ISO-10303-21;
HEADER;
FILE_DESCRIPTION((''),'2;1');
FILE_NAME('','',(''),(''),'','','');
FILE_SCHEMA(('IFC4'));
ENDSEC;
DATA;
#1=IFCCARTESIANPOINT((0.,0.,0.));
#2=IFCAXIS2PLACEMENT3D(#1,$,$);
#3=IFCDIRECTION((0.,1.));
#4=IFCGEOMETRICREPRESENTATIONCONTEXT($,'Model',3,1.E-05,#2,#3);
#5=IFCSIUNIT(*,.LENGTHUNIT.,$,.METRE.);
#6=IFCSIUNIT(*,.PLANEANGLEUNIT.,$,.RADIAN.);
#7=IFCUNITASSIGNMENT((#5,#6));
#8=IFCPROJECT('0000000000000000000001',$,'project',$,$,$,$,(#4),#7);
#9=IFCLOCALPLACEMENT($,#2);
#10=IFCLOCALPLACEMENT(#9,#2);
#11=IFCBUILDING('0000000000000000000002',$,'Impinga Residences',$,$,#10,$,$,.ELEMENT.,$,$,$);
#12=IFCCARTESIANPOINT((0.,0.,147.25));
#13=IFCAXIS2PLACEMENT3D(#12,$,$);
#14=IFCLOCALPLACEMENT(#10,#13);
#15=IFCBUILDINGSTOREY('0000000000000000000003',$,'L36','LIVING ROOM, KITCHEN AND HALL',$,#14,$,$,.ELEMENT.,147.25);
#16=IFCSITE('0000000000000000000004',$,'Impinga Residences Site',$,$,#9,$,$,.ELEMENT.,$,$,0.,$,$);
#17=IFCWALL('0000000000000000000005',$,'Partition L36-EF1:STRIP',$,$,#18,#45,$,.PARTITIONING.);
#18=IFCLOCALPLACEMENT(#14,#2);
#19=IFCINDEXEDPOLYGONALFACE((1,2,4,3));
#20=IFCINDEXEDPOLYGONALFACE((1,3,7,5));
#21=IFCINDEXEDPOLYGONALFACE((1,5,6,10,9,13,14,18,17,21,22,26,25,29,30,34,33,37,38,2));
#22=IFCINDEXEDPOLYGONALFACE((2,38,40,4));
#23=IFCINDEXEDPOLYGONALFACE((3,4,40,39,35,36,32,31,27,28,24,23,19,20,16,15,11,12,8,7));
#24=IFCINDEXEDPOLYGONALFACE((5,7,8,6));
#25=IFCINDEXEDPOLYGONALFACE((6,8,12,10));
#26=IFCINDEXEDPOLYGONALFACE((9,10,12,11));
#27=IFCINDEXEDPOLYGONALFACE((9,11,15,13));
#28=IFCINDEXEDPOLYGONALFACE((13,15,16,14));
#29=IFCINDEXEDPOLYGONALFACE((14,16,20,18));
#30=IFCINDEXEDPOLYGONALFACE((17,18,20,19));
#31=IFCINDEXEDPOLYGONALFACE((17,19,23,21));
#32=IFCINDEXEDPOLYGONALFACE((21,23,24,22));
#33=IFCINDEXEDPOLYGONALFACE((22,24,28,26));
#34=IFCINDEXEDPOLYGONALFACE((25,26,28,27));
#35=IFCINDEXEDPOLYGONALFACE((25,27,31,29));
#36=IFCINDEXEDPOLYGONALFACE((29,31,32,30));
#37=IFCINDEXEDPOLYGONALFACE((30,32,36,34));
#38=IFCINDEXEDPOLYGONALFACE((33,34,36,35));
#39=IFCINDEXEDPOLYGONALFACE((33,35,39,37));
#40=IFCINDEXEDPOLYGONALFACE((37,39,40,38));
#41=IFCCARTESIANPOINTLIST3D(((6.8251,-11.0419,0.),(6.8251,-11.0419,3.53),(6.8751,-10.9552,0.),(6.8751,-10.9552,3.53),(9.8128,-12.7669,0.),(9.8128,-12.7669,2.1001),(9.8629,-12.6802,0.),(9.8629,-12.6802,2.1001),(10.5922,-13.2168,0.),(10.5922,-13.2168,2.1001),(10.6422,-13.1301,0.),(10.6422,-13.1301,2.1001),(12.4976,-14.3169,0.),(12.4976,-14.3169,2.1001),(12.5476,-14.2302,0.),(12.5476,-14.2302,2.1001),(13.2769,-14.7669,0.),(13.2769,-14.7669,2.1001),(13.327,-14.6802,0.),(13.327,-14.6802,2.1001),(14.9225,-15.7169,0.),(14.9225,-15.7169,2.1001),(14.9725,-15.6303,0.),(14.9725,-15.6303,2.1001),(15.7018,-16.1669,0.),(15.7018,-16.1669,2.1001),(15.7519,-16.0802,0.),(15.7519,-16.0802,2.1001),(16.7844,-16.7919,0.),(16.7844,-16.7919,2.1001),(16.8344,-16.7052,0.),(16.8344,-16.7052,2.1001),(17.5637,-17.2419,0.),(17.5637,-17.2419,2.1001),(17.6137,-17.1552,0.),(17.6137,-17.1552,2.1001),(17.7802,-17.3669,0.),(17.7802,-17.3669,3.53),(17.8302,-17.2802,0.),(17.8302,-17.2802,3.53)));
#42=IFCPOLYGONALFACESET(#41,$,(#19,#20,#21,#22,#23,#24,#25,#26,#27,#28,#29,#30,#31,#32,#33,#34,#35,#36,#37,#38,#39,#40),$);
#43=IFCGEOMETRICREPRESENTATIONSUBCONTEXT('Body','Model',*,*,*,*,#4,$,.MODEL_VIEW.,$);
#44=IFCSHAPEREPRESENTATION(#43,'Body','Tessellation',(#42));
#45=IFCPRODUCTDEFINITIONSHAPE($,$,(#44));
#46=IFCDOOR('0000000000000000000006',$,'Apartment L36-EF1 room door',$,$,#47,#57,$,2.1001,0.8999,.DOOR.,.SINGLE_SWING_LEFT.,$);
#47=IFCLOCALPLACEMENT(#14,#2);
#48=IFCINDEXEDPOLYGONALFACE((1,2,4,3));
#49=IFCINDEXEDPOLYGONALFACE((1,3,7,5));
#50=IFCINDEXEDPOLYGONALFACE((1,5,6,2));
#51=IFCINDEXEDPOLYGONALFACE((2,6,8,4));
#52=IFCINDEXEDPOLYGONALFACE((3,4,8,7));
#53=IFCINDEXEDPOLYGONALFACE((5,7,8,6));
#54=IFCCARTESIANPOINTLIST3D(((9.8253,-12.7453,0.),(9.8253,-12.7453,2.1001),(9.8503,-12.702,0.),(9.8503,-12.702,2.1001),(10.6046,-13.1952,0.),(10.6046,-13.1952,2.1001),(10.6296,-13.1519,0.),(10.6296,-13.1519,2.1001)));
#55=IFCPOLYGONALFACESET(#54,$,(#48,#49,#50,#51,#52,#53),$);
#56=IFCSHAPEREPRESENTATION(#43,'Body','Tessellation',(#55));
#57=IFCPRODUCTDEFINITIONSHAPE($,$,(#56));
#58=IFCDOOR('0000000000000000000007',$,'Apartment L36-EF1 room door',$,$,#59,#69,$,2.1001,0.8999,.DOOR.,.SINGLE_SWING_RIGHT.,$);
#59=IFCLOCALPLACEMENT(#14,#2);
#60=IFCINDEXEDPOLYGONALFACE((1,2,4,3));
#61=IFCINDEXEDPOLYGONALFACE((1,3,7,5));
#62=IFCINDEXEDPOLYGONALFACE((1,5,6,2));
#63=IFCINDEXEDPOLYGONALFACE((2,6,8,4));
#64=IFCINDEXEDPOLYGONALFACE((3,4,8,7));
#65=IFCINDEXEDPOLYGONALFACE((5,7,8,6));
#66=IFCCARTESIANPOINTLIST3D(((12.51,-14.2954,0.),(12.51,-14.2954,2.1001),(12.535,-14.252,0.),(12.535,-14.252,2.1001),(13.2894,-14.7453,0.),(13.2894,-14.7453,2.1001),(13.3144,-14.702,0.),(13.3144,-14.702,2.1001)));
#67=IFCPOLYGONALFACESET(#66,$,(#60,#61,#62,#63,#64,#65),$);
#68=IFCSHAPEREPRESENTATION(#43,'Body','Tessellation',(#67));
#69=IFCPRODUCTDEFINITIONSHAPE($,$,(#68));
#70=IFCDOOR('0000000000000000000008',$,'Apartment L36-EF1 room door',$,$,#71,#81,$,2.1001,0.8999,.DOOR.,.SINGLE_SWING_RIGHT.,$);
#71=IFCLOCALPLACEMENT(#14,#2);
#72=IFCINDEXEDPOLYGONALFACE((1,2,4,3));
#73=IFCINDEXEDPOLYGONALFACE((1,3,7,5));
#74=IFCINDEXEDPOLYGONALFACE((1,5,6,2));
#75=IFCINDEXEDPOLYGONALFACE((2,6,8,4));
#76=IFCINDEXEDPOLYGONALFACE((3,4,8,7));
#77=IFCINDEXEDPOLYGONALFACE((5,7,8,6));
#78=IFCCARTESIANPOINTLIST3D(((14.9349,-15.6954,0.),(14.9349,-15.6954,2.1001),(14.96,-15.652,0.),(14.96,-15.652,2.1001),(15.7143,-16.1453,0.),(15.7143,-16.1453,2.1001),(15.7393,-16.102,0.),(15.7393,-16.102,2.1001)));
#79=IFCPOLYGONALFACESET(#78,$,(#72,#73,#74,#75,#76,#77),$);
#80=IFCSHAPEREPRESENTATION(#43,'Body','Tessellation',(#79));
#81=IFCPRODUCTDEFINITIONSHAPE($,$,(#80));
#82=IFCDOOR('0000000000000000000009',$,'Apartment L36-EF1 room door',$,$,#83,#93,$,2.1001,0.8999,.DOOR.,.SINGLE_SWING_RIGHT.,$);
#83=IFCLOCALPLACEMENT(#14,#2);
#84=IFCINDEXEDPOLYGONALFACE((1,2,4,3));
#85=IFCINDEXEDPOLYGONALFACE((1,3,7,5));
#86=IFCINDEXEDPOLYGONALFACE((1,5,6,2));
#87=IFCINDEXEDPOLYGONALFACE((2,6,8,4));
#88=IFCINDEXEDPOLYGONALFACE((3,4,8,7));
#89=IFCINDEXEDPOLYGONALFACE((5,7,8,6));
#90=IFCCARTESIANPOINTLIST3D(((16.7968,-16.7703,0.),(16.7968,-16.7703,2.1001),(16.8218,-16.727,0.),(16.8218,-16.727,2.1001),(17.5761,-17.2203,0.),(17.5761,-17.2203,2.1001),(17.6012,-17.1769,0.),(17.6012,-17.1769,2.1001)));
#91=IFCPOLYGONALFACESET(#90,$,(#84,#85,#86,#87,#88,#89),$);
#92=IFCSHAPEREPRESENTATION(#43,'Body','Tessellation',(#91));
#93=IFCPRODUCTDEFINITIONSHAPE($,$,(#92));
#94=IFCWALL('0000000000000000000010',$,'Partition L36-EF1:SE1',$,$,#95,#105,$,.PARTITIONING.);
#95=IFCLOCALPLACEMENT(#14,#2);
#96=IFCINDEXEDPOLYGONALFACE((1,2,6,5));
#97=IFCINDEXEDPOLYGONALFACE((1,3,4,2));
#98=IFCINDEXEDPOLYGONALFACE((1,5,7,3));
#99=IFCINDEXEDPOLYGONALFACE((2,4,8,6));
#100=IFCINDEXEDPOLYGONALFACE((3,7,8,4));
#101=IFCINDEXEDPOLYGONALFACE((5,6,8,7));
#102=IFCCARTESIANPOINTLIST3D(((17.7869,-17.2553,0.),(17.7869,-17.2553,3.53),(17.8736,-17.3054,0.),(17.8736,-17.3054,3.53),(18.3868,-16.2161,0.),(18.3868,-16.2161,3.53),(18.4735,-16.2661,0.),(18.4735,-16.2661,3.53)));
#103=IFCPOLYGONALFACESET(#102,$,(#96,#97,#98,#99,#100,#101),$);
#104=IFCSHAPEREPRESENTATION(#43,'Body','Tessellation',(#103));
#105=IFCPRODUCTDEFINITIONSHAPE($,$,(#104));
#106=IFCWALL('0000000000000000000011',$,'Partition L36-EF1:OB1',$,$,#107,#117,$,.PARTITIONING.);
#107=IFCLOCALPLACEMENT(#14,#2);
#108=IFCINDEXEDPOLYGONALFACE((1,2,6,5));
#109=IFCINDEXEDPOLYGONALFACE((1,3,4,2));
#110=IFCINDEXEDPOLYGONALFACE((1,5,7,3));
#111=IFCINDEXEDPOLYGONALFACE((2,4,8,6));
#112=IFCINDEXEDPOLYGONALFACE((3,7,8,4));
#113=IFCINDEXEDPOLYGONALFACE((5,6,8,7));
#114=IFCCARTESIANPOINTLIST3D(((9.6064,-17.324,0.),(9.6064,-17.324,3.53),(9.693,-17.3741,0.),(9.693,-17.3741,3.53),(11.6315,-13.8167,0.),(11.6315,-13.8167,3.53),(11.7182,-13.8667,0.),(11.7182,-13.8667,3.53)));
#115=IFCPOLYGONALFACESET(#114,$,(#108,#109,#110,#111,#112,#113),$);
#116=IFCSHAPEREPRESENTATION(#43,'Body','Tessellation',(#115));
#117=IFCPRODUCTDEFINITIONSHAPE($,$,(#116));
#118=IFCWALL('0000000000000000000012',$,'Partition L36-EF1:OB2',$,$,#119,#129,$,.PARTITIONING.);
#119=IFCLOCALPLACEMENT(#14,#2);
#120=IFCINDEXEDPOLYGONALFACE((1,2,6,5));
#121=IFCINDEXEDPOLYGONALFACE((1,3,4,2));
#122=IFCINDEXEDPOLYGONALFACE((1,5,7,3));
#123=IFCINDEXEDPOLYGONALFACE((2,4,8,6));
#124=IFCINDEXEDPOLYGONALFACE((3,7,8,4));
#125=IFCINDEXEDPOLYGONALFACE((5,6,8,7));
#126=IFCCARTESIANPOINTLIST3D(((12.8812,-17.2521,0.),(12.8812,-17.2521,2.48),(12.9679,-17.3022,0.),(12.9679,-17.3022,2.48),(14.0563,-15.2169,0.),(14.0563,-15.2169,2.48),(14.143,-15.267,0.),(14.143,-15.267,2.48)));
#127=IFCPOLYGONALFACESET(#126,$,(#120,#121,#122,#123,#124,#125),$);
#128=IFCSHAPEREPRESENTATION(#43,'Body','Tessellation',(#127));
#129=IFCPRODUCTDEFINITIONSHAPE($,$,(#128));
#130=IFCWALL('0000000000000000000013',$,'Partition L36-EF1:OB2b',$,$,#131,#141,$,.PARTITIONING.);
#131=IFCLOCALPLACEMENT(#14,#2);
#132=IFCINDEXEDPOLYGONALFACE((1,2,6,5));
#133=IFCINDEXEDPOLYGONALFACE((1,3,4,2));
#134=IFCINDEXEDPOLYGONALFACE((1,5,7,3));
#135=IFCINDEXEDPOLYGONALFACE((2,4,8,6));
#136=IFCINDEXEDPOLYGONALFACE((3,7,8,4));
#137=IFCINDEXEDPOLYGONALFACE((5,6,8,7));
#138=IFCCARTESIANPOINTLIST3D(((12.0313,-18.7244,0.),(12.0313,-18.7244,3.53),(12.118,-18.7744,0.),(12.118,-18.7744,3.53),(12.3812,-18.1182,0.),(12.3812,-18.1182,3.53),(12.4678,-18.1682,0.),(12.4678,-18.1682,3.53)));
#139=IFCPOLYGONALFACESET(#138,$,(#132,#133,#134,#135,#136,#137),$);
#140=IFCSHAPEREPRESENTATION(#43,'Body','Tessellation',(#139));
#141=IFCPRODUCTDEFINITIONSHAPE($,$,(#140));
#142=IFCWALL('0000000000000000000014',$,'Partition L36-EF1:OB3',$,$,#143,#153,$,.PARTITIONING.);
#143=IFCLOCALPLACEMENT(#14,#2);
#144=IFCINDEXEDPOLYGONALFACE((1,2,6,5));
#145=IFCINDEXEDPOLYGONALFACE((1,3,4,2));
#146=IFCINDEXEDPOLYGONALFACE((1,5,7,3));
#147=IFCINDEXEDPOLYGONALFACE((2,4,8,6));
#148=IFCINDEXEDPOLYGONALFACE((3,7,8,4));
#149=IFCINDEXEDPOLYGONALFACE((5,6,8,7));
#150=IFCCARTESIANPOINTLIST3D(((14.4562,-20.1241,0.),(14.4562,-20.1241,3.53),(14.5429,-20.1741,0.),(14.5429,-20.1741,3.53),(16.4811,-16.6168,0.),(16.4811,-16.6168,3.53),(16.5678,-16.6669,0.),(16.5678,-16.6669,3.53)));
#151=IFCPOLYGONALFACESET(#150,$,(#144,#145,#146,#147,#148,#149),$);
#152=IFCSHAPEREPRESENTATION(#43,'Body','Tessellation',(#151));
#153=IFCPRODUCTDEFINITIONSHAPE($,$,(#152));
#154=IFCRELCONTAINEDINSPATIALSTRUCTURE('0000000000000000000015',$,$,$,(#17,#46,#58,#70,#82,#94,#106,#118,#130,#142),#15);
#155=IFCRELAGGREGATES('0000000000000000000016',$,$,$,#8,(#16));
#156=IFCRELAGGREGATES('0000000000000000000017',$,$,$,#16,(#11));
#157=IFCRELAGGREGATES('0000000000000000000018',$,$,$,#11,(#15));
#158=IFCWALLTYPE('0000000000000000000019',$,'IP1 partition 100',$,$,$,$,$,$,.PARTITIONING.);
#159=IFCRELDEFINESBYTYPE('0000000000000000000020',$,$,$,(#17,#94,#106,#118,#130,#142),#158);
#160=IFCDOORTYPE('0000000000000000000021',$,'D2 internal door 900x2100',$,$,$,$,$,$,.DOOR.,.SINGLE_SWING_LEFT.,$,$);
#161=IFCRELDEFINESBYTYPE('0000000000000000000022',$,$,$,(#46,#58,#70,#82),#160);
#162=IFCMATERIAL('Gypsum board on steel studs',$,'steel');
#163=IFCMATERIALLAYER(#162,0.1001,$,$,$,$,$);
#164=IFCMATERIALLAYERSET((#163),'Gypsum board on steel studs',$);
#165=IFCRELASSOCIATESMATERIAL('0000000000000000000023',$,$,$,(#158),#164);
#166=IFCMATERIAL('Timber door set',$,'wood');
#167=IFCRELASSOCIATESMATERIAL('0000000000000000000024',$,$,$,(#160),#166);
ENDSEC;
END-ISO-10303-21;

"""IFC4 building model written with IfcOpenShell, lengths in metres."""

from ifc_helpers import new_model, si_unit, direction, frame, frame_2d, origin, place, context, subcontext, project, spatial, rectangle, extrude, material, layer, layer_set, type_object, element, fill, save


model = new_model("IFC4")

# Units and contexts
model_context = context("Model", 3, precision=1e-05, world=origin(), true_north=direction((0.0, 1.0)))
body_context = subcontext(model_context, "Body", "Model", "MODEL_VIEW")
ifc_project = project(units=[si_unit("LENGTHUNIT", "METRE"), si_unit("PLANEANGLEUNIT", "RADIAN")], contexts=[model_context])

# Site, building, storey
site_placement = place(None, origin())
site = spatial("IfcSite", under=ifc_project, at=site_placement, Name="Impinga Residences Site", CompositionType="ELEMENT", RefElevation=0.0)
building_placement = place(site_placement, origin())
building = spatial("IfcBuilding", under=site, at=building_placement, Name="Impinga Residences", CompositionType="ELEMENT")
storey_placement = place(building_placement, frame((0.0, 0.0, 147.25)))
storey = spatial("IfcBuildingStorey", under=building, at=storey_placement, Name="L36", Description="LIVING ROOM, KITCHEN AND HALL", CompositionType="ELEMENT", Elevation=147.25)

# Shared definitions
ifc_material_1 = material(Name="Gypsum board on steel studs", Category="steel")
ifc_layer_1 = layer(ifc_material_1, 0.1001)
ifc_layer_set_1 = layer_set([ifc_layer_1], Name="Gypsum board on steel studs")
wall_type_1 = type_object("IfcWallType", Name="IP1 partition 100", PredefinedType="PARTITIONING", material=ifc_layer_set_1)

# Wall, openings, doors
wall_1_placement = place(storey_placement, frame((6.8501, -10.9985, 0.0), z_axis=(0.0, 0.0, 1.0), x_axis=(0.866024, -0.500002, 0.0)))
wall_1 = element("IfcWall", 1, at=wall_1_placement, inside=storey, type_object=wall_type_1, Name="Partition L36-EF1:STRIP", PredefinedType="PARTITIONING", context=body_context, shape_type="SweptSolid", body=[
    extrude(rectangle(XDim=12.6499, YDim=0.1001, at=frame_2d((6.325, 0.0))), origin(), (0.0, 0.0, 1.0), 3.53),
])
opening_1_placement = place(wall_1_placement, frame((3.45, 0.0, 0.0)))
opening_1 = element("IfcOpeningElement", 2, at=opening_1_placement, cuts=wall_1, PredefinedType="OPENING", context=body_context, shape_type="SweptSolid", body=[
    extrude(rectangle(XDim=0.8999, YDim=2.1001, at=frame_2d((0.45, 1.05))), frame((0.0, 0.0601, 0.0), z_axis=(0.0, -1.0, 0.0), x_axis=(1.0, 0.0, 0.0)), (0.0, 0.0, 1.0), 0.1201),
])
opening_2_placement = place(wall_1_placement, frame((6.55, 0.0, 0.0)))
opening_2 = element("IfcOpeningElement", 3, at=opening_2_placement, cuts=wall_1, PredefinedType="OPENING", context=body_context, shape_type="SweptSolid", body=[
    extrude(rectangle(XDim=0.8999, YDim=2.1001, at=frame_2d((0.45, 1.05))), frame((0.0, 0.0601, 0.0), z_axis=(0.0, -1.0, 0.0), x_axis=(1.0, 0.0, 0.0)), (0.0, 0.0, 1.0), 0.1201),
])
opening_3_placement = place(wall_1_placement, frame((9.3501, 0.0, 0.0)))
opening_3 = element("IfcOpeningElement", 4, at=opening_3_placement, cuts=wall_1, PredefinedType="OPENING", context=body_context, shape_type="SweptSolid", body=[
    extrude(rectangle(XDim=0.8999, YDim=2.1001, at=frame_2d((0.45, 1.05))), frame((0.0, 0.0601, 0.0), z_axis=(0.0, -1.0, 0.0), x_axis=(1.0, 0.0, 0.0)), (0.0, 0.0, 1.0), 0.1201),
])
opening_4_placement = place(wall_1_placement, frame((11.5, 0.0, 0.0)))
opening_4 = element("IfcOpeningElement", 5, at=opening_4_placement, cuts=wall_1, PredefinedType="OPENING", context=body_context, shape_type="SweptSolid", body=[
    extrude(rectangle(XDim=0.8999, YDim=2.1001, at=frame_2d((0.45, 1.05))), frame((0.0, 0.0601, 0.0), z_axis=(0.0, -1.0, 0.0), x_axis=(1.0, 0.0, 0.0)), (0.0, 0.0, 1.0), 0.1201),
])
ifc_material_2 = material(Name="Timber door set", Category="wood")
door_type = type_object("IfcDoorType", Name="D2 internal door 900x2100", OperationType="SINGLE_SWING_LEFT", PredefinedType="DOOR", material=ifc_material_2)
door_1_placement = place(opening_1_placement, origin())
door_1 = element("IfcDoor", 6, at=door_1_placement, inside=storey, type_object=door_type, Name="Apartment L36-EF1 room door", OperationType="SINGLE_SWING_LEFT", OverallHeight=2.1001, OverallWidth=0.8999, PredefinedType="DOOR", context=body_context, shape_type="SweptSolid", body=[
    extrude(rectangle(XDim=0.8999, YDim=2.1001, at=frame_2d((0.45, 1.05))), frame((0.0, 0.0249, 0.0), z_axis=(0.0, -1.0, 0.0), x_axis=(1.0, 0.0, 0.0)), (0.0, 0.0, 1.0), 0.05),
])
fill(opening_1, door_1)
door_2_placement = place(opening_2_placement, origin())
door_2 = element("IfcDoor", 7, at=door_2_placement, inside=storey, type_object=door_type, Name="Apartment L36-EF1 room door", OperationType="SINGLE_SWING_RIGHT", OverallHeight=2.1001, OverallWidth=0.8999, PredefinedType="DOOR", context=body_context, shape_type="SweptSolid", body=[
    extrude(rectangle(XDim=0.8999, YDim=2.1001, at=frame_2d((0.45, 1.05))), frame((0.0, 0.0249, 0.0), z_axis=(0.0, -1.0, 0.0), x_axis=(1.0, 0.0, 0.0)), (0.0, 0.0, 1.0), 0.05),
])
fill(opening_2, door_2)
door_3_placement = place(opening_3_placement, origin())
door_3 = element("IfcDoor", 8, at=door_3_placement, inside=storey, type_object=door_type, Name="Apartment L36-EF1 room door", OperationType="SINGLE_SWING_RIGHT", OverallHeight=2.1001, OverallWidth=0.8999, PredefinedType="DOOR", context=body_context, shape_type="SweptSolid", body=[
    extrude(rectangle(XDim=0.8999, YDim=2.1001, at=frame_2d((0.45, 1.05))), frame((0.0, 0.0249, 0.0), z_axis=(0.0, -1.0, 0.0), x_axis=(1.0, 0.0, 0.0)), (0.0, 0.0, 1.0), 0.05),
])
fill(opening_3, door_3)
door_4_placement = place(opening_4_placement, origin())
door_4 = element("IfcDoor", 9, at=door_4_placement, inside=storey, type_object=door_type, Name="Apartment L36-EF1 room door", OperationType="SINGLE_SWING_RIGHT", OverallHeight=2.1001, OverallWidth=0.8999, PredefinedType="DOOR", context=body_context, shape_type="SweptSolid", body=[
    extrude(rectangle(XDim=0.8999, YDim=2.1001, at=frame_2d((0.45, 1.05))), frame((0.0, 0.0249, 0.0), z_axis=(0.0, -1.0, 0.0), x_axis=(1.0, 0.0, 0.0)), (0.0, 0.0, 1.0), 0.05),
])
fill(opening_4, door_4)

# Walls
wall_2_placement = place(storey_placement, frame((18.4302, -16.241, 0.0), z_axis=(0.0, 0.0, 1.0), x_axis=(-0.499881, -0.866094, 0.0)))
element("IfcWall", 10, at=wall_2_placement, inside=storey, type_object=wall_type_1, Name="Partition L36-EF1:SE1", PredefinedType="PARTITIONING", context=body_context, shape_type="SweptSolid", body=[
    extrude(rectangle(XDim=1.2, YDim=0.1001, at=frame_2d((0.6001, 0.0))), origin(), (0.0, 0.0, 1.0), 3.53),
])
wall_3_placement = place(storey_placement, frame((11.6748, -13.8418, 0.0), z_axis=(0.0, 0.0, 1.0), x_axis=(-0.500036, -0.866005, 0.0)))
element("IfcWall", 11, at=wall_3_placement, inside=storey, type_object=wall_type_1, Name="Partition L36-EF1:OB1", PredefinedType="PARTITIONING", context=body_context, shape_type="SweptSolid", body=[
    extrude(rectangle(XDim=4.05, YDim=0.1001, at=frame_2d((2.0249, 0.0))), origin(), (0.0, 0.0, 1.0), 3.53),
])
wall_4_placement = place(storey_placement, frame((14.0996, -15.2419, 0.0), z_axis=(0.0, 0.0, 1.0), x_axis=(-0.500016, -0.866016, 0.0)))
element("IfcWall", 12, at=wall_4_placement, inside=storey, type_object=wall_type_1, Name="Partition L36-EF1:OB2", PredefinedType="PARTITIONING", context=body_context, shape_type="SweptSolid", body=[
    extrude(rectangle(XDim=2.3501, YDim=0.1001, at=frame_2d((1.175, 0.0))), origin(), (0.0, 0.0, 1.0), 2.48),
])
wall_5_placement = place(storey_placement, frame((12.4246, -18.1431, 0.0), z_axis=(0.0, 0.0, 1.0), x_axis=(-0.499853, -0.86611, 0.0)))
element("IfcWall", 13, at=wall_5_placement, inside=storey, type_object=wall_type_1, Name="Partition L36-EF1:OB2b", PredefinedType="PARTITIONING", context=body_context, shape_type="SweptSolid", body=[
    extrude(rectangle(XDim=0.7, YDim=0.1001, at=frame_2d((0.3501, 0.0))), origin(), (0.0, 0.0, 1.0), 3.53),
])
wall_6_placement = place(storey_placement, frame((16.5244, -16.6418, 0.0), z_axis=(0.0, 0.0, 1.0), x_axis=(-0.49999, -0.866031, 0.0)))
element("IfcWall", 14, at=wall_6_placement, inside=storey, type_object=wall_type_1, Name="Partition L36-EF1:OB3", PredefinedType="PARTITIONING", context=body_context, shape_type="SweptSolid", body=[
    extrude(rectangle(XDim=4.0498, YDim=0.1001, at=frame_2d((2.0249, 0.0))), origin(), (0.0, 0.0, 1.0), 3.53),
])

save(model, "model.ifc")
